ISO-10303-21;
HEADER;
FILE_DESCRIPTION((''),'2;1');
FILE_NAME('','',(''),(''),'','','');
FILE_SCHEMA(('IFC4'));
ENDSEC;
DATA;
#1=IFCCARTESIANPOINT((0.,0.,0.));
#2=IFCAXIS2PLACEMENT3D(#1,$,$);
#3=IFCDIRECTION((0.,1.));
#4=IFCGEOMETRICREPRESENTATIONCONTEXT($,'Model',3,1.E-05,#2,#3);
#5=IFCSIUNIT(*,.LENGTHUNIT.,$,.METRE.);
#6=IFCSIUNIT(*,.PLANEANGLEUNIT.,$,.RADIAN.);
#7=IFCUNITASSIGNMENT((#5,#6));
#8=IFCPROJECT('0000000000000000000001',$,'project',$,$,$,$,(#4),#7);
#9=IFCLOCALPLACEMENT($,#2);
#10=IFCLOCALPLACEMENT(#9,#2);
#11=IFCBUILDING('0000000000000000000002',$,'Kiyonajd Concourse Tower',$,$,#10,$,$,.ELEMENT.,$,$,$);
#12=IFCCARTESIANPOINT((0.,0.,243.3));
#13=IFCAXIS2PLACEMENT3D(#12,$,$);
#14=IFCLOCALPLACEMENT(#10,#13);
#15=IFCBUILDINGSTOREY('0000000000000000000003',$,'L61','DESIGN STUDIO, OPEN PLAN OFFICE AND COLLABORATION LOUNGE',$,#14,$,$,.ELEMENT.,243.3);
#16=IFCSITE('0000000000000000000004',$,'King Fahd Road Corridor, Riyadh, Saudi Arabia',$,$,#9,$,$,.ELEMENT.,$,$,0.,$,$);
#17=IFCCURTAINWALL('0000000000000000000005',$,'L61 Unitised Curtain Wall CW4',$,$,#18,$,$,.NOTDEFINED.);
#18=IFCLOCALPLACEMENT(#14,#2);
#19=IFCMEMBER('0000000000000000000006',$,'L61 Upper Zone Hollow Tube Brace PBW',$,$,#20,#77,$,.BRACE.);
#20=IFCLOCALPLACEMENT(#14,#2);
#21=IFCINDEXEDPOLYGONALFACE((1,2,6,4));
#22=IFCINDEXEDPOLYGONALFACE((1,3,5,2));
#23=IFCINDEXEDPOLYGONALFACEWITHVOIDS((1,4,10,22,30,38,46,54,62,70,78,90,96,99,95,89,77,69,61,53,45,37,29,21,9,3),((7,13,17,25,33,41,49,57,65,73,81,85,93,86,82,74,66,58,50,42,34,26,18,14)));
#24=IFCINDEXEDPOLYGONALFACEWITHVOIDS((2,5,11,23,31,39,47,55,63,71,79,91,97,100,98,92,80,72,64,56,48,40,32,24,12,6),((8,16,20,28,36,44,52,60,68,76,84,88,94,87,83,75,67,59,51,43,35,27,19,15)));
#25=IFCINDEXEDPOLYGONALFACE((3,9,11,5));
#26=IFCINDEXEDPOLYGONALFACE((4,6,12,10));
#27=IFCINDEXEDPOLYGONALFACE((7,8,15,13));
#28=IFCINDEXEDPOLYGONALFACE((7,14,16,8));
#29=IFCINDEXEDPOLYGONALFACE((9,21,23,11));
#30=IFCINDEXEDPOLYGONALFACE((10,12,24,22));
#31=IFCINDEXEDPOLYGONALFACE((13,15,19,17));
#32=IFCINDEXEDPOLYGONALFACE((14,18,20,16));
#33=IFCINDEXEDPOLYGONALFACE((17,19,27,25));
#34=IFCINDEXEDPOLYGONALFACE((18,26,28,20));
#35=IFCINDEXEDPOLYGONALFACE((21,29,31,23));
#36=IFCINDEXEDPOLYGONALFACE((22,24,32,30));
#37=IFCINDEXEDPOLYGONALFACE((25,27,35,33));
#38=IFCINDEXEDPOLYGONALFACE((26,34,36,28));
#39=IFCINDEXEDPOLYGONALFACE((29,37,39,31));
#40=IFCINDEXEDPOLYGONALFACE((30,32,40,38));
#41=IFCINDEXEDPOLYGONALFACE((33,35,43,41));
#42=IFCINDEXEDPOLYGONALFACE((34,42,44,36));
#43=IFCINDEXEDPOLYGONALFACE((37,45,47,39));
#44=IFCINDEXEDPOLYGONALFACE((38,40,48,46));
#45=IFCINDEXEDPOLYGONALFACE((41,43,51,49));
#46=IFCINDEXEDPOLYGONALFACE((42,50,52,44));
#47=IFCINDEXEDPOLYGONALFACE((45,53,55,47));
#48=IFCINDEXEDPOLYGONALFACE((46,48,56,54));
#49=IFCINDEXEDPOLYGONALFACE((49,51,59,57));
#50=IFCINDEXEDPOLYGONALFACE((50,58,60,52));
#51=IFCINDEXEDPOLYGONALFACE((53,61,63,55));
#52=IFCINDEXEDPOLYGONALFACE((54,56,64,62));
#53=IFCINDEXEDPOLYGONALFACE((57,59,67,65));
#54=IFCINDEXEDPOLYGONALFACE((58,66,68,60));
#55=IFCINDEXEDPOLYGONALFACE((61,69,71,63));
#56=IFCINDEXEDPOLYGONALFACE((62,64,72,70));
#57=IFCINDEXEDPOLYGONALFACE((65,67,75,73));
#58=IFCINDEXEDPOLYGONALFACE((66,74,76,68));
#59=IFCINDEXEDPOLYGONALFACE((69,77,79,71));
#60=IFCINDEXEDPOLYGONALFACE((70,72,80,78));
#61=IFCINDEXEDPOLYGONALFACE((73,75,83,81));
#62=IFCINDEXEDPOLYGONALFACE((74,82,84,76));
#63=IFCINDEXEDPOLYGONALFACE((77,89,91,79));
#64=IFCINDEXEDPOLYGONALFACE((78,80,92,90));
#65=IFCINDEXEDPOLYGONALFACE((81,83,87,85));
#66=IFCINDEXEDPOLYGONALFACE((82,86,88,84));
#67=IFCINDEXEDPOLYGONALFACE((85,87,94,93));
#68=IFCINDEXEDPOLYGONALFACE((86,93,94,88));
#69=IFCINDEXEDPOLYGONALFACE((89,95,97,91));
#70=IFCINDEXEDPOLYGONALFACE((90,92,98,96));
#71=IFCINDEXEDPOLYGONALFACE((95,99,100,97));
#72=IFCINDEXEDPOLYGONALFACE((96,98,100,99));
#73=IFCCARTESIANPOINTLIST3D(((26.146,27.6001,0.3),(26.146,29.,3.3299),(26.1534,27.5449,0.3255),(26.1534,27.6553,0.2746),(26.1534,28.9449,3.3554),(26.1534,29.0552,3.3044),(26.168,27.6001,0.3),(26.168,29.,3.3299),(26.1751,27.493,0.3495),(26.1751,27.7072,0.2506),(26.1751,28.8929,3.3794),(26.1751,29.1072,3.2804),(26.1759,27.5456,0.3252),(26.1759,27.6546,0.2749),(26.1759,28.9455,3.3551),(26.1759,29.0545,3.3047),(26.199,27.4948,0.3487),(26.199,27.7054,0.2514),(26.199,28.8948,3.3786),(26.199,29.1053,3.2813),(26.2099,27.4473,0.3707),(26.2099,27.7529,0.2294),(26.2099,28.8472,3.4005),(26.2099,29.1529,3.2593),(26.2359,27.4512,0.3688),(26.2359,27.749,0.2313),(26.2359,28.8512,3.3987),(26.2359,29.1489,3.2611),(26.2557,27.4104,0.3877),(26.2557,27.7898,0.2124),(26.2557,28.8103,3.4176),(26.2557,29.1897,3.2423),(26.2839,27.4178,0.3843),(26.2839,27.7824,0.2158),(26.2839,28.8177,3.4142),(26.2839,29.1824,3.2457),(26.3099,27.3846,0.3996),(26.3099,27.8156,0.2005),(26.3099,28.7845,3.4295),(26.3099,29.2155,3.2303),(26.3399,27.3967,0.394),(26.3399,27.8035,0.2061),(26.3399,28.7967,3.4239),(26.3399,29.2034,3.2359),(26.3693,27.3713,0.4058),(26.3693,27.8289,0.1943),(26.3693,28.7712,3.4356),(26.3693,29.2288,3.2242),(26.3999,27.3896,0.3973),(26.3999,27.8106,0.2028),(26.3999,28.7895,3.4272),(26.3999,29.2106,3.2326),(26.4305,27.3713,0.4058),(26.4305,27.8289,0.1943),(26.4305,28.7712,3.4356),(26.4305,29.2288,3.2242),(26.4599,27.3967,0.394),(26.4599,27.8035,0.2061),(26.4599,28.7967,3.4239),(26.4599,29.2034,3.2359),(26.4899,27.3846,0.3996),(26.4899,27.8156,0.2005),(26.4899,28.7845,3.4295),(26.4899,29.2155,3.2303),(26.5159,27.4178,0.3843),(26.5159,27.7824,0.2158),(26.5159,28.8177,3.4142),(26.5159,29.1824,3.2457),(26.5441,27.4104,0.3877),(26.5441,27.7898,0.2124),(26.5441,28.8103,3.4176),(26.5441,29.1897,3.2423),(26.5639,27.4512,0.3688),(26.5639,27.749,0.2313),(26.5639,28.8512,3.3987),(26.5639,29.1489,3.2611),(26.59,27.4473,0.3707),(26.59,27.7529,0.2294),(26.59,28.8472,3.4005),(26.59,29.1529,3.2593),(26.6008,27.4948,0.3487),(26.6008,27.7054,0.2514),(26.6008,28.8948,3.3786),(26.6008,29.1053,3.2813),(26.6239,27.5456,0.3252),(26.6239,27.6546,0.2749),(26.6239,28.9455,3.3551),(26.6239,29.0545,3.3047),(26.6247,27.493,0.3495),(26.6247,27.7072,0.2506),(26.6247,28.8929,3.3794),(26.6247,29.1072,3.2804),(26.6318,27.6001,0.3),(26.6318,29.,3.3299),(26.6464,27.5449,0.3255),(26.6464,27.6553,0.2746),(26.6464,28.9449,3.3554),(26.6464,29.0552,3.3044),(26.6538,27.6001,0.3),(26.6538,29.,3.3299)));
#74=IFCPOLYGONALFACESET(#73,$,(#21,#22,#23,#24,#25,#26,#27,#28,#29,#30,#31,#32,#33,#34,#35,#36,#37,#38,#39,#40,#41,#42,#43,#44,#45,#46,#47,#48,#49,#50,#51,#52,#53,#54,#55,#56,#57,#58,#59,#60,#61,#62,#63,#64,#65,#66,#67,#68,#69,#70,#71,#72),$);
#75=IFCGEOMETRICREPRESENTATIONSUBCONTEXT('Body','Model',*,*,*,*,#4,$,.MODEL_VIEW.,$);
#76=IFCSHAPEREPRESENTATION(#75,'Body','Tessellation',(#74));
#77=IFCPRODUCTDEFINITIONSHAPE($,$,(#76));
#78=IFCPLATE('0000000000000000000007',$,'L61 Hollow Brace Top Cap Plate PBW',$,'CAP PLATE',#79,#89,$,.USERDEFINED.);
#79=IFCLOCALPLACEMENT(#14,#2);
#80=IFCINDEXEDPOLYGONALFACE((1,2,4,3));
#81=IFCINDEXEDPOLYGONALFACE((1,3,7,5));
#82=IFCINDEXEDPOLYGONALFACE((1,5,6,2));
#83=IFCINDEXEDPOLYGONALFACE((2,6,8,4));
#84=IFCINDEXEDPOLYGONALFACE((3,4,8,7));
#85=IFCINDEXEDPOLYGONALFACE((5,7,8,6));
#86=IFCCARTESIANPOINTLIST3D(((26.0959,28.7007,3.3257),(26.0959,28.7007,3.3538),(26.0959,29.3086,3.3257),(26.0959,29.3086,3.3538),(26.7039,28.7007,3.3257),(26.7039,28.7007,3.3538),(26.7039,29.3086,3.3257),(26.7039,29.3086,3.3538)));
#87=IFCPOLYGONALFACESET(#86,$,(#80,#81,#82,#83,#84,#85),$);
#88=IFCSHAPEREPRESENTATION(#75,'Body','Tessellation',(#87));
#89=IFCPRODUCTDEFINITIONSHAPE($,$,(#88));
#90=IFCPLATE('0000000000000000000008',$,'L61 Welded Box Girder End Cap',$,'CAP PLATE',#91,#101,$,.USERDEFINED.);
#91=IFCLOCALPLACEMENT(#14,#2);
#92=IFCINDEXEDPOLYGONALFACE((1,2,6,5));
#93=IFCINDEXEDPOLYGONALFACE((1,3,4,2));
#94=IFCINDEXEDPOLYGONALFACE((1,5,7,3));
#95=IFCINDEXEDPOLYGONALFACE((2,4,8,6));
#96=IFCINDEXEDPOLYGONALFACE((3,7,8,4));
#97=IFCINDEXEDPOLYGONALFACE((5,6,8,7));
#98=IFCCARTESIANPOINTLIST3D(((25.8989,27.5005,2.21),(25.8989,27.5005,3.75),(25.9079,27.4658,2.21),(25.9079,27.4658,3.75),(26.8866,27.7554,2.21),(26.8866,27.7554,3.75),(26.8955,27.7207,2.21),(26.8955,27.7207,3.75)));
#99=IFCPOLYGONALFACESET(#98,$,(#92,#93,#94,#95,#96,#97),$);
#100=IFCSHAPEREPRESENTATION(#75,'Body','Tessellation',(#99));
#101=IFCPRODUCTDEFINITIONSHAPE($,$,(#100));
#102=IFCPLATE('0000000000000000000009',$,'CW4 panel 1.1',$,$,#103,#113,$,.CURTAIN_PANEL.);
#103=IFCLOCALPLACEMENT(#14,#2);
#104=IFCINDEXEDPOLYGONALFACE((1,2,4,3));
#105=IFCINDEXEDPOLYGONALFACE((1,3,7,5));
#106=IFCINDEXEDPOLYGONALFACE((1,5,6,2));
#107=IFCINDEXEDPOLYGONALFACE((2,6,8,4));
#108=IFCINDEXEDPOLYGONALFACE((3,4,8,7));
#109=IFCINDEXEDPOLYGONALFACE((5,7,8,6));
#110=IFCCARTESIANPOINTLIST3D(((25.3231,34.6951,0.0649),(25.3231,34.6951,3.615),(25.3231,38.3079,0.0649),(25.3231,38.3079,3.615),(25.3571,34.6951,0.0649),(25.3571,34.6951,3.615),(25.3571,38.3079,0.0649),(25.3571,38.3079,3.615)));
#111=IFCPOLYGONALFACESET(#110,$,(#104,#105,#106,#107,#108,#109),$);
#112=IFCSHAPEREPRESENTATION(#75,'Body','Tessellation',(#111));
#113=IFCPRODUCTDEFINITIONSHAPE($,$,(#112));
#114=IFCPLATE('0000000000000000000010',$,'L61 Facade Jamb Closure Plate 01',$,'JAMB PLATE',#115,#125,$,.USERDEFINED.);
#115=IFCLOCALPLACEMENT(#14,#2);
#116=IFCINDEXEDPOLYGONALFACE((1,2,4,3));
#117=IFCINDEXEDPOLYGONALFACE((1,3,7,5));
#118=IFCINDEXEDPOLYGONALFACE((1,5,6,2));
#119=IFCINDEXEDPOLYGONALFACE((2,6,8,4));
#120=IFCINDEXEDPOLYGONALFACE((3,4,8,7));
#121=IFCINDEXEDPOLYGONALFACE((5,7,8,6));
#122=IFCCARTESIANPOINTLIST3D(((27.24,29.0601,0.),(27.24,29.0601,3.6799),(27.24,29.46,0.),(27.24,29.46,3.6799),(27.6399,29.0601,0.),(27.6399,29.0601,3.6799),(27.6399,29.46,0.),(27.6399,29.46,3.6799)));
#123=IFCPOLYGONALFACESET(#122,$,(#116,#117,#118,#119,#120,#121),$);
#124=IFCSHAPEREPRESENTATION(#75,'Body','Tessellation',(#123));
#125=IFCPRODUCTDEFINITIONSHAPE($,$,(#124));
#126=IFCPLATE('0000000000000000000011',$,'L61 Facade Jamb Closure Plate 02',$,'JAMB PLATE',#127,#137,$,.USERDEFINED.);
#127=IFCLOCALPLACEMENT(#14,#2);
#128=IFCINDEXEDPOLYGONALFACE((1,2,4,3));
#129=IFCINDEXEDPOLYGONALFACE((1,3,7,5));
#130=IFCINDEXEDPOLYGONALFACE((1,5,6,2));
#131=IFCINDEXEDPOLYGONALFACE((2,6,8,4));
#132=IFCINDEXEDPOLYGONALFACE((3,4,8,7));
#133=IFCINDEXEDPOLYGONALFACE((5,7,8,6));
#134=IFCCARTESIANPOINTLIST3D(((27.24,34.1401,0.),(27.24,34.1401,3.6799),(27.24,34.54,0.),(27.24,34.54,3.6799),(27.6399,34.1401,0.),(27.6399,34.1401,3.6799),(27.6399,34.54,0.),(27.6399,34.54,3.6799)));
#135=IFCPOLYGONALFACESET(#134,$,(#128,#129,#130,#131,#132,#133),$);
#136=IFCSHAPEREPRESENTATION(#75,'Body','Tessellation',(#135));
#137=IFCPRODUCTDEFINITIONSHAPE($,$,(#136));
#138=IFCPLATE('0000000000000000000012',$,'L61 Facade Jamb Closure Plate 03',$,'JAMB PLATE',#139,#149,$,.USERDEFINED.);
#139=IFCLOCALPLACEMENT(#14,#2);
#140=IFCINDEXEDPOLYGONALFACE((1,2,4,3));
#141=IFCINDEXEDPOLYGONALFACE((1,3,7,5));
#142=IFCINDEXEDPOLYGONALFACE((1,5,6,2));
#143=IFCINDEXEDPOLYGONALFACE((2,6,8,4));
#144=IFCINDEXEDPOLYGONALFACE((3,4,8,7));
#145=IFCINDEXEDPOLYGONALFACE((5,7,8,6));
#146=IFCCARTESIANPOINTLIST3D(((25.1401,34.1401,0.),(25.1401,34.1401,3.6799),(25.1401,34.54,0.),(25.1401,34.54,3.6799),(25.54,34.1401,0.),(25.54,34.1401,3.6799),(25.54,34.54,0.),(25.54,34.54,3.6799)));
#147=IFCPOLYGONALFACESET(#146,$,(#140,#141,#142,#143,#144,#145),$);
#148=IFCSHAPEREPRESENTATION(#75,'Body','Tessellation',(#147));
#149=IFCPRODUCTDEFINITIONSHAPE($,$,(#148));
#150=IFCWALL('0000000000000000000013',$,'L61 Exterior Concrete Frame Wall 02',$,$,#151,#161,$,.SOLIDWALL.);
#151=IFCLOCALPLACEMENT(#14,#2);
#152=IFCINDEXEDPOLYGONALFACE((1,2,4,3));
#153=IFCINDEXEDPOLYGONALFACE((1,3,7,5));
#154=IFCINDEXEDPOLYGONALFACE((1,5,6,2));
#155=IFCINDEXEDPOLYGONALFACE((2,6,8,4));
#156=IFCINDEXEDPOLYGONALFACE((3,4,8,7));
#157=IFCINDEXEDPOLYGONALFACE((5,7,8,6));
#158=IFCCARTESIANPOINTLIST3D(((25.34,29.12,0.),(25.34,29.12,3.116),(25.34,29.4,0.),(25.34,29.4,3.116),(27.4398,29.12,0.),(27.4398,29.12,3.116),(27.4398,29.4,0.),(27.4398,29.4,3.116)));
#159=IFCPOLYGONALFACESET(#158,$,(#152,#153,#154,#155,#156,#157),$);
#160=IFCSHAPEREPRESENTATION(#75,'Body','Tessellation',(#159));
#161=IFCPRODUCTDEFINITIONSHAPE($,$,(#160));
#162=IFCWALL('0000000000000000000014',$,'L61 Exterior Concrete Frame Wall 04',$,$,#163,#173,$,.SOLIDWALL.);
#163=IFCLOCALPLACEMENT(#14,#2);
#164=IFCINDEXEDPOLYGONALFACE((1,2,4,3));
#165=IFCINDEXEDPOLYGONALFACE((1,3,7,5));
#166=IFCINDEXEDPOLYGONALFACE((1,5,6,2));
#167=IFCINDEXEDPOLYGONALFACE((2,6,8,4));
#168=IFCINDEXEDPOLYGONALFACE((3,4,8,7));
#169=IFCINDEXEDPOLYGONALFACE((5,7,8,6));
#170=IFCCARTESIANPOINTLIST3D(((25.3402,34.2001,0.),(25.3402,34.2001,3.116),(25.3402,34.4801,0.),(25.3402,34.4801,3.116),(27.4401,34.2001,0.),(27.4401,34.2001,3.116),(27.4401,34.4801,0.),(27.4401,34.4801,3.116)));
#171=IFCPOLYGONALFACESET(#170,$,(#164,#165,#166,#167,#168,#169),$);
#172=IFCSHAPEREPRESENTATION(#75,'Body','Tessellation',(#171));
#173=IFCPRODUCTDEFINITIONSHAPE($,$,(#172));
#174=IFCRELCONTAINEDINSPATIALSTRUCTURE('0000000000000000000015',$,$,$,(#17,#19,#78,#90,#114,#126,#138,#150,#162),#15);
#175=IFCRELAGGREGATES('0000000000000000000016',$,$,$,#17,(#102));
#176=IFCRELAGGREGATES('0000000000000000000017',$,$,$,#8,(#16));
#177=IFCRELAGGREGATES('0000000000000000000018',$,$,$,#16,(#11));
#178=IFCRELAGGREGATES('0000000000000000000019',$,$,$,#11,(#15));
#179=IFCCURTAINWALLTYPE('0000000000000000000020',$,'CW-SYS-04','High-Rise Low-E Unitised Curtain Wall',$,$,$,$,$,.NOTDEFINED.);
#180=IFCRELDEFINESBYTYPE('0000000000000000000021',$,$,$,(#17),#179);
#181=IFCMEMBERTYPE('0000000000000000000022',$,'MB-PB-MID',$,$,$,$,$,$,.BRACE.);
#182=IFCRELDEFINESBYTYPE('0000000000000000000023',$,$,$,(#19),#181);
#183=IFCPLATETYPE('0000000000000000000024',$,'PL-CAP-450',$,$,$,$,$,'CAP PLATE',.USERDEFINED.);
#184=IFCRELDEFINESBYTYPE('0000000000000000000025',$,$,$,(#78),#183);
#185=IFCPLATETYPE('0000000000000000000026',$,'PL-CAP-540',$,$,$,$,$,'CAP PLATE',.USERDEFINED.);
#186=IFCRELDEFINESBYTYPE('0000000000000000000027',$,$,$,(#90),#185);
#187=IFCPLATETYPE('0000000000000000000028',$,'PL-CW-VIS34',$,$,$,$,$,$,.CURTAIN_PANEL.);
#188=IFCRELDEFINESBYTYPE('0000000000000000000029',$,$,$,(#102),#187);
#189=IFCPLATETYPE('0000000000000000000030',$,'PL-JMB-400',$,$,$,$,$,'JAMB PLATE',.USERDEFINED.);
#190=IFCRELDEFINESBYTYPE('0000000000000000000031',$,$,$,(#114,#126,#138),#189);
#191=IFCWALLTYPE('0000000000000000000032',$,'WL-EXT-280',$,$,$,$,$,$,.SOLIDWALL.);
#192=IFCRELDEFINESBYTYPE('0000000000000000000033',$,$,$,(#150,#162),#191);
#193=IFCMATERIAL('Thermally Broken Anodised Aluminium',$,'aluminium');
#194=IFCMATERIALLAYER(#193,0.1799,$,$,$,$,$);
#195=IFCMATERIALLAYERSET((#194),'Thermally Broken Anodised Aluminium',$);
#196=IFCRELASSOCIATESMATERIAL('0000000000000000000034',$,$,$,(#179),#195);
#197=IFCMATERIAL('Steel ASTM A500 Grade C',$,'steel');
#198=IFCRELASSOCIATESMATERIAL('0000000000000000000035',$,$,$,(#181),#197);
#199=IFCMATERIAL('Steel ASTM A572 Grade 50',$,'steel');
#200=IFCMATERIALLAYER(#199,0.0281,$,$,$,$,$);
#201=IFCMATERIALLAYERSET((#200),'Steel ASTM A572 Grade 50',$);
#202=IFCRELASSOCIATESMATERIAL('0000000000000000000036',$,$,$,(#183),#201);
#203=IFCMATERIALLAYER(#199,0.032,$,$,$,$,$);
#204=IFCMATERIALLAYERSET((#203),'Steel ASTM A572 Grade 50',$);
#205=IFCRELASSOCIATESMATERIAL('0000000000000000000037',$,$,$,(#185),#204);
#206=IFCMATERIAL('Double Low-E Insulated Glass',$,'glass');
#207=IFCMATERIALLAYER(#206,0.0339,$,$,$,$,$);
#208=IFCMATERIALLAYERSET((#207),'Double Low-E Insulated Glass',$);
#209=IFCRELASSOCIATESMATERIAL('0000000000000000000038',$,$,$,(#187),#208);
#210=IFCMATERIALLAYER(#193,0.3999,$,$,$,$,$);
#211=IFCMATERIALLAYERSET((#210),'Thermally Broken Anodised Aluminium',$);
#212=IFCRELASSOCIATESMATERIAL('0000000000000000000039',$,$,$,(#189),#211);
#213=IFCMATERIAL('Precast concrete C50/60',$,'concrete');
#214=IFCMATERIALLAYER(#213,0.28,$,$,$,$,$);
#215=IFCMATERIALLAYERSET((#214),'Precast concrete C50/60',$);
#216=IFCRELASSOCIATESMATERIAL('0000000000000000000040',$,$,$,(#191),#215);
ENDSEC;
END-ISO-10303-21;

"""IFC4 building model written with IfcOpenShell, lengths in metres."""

from ifc_helpers import new_model, si_unit, direction, frame, frame_2d, origin, origin_2d, place, context, subcontext, project, spatial, rectangle, hollow_circle, extrude, material, layer, layer_set, material_profile, profile_set, type_object, element, aggregate, save


model = new_model("IFC4")

# Units and contexts
model_context = context("Model", 3, precision=1e-05, world=origin(), true_north=direction((0.0, 1.0)))
body_context = subcontext(model_context, "Body", "Model", "MODEL_VIEW")
ifc_project = project(units=[si_unit("LENGTHUNIT", "METRE"), si_unit("PLANEANGLEUNIT", "RADIAN")], contexts=[model_context])

# Site, building, storey
site_placement = place(None, origin())
site = spatial("IfcSite", under=ifc_project, at=site_placement, Name="King Fahd Road Corridor, Riyadh, Saudi Arabia", CompositionType="ELEMENT", RefElevation=0.0)
building_placement = place(site_placement, origin())
building = spatial("IfcBuilding", under=site, at=building_placement, Name="Kiyonajd Concourse Tower", CompositionType="ELEMENT")
storey_placement = place(building_placement, frame((0.0, 0.0, 243.3)))
storey = spatial("IfcBuildingStorey", under=building, at=storey_placement, Name="L61", Description="DESIGN STUDIO, OPEN PLAN OFFICE AND COLLABORATION LOUNGE", CompositionType="ELEMENT", Elevation=243.3)

# Shared definitions
ifc_material_1 = material(Name="Steel ASTM A572 Grade 50", Category="steel")

# Curtain wall
ifc_material_2 = material(Name="Thermally Broken Anodised Aluminium", Category="aluminium")
ifc_layer_1 = layer(ifc_material_2, 0.1799)
ifc_layer_set_1 = layer_set([ifc_layer_1], Name="Thermally Broken Anodised Aluminium")
curtain_wall_type = type_object("IfcCurtainWallType", Name="CW-SYS-04", Description="High-Rise Low-E Unitised Curtain Wall", PredefinedType="NOTDEFINED", material=ifc_layer_set_1)
curtain_wall_placement = place(storey_placement, origin())
curtain_wall = element("IfcCurtainWall", 1, at=curtain_wall_placement, inside=storey, type_object=curtain_wall_type, Name="L61 Unitised Curtain Wall CW4", PredefinedType="NOTDEFINED")

# Member
ifc_material_3 = material(Name="Steel ASTM A500 Grade C", Category="steel")
ifc_material_profile_1 = material_profile(ifc_material_3, hollow_circle(Radius=0.2539, WallThickness=0.022, at=origin_2d()), Name="CHS-508x22")
ifc_profile_set_1 = profile_set([ifc_material_profile_1], Name="Steel ASTM A500 Grade C")
member_type_1 = type_object("IfcMemberType", Name="MB-PB-MID", PredefinedType="BRACE", material=ifc_profile_set_1)
member_1_placement = place(storey_placement, frame((26.3999, 27.6001, 0.3), z_axis=(0.0, 0.419439, 0.907784), x_axis=(-1.0, 0.0, 0.0)))
element("IfcMember", 2, at=member_1_placement, inside=storey, type_object=member_type_1, Name="L61 Upper Zone Hollow Tube Brace PBW", PredefinedType="BRACE", context=body_context, shape_type="SweptSolid", body=[
    extrude(hollow_circle(Radius=0.2539, WallThickness=0.022, at=origin_2d()), origin(), (0.0, 0.0, 1.0), 3.3376),
])

# Plates
ifc_layer_2 = layer(ifc_material_1, 0.0281)
ifc_layer_set_2 = layer_set([ifc_layer_2], Name="Steel ASTM A572 Grade 50")
plate_type_1 = type_object("IfcPlateType", Name="PL-CAP-450", ElementType="CAP PLATE", PredefinedType="USERDEFINED", material=ifc_layer_set_2)
plate_1_placement = place(storey_placement, frame((26.3999, 29.0046, 3.3257), z_axis=(0.0, 0.0, 1.0), x_axis=(1.0, 0.0, 0.0)))
element("IfcPlate", 3, at=plate_1_placement, inside=storey, type_object=plate_type_1, Name="L61 Hollow Brace Top Cap Plate PBW", ObjectType="CAP PLATE", PredefinedType="USERDEFINED", context=body_context, shape_type="SweptSolid", body=[
    extrude(rectangle(XDim=0.6079, YDim=0.6079, at=origin_2d()), origin(), (0.0, 0.0, 1.0), 0.0281),
])
ifc_layer_3 = layer(ifc_material_1, 0.032)
ifc_layer_set_3 = layer_set([ifc_layer_3], Name="Steel ASTM A572 Grade 50")
plate_type_2 = type_object("IfcPlateType", Name="PL-CAP-540", ElementType="CAP PLATE", PredefinedType="USERDEFINED", material=ifc_layer_set_3)
plate_2_placement = place(storey_placement, frame((26.3972, 27.6106, 2.21), z_axis=(0.0, 0.0, 1.0), x_axis=(-0.249873, 0.968279, 0.0)))
element("IfcPlate", 4, at=plate_2_placement, inside=storey, type_object=plate_type_2, Name="L61 Welded Box Girder End Cap", ObjectType="CAP PLATE", PredefinedType="USERDEFINED", context=body_context, shape_type="SweptSolid", body=[
    extrude(rectangle(XDim=0.0359, YDim=1.02, at=origin_2d()), origin(), (0.0, 0.0, 1.0), 1.54),
])

# Plate
ifc_material_4 = material(Name="Double Low-E Insulated Glass", Category="glass")
ifc_layer_4 = layer(ifc_material_4, 0.0339)
ifc_layer_set_4 = layer_set([ifc_layer_4], Name="Double Low-E Insulated Glass")
plate_type_3 = type_object("IfcPlateType", Name="PL-CW-VIS34", PredefinedType="CURTAIN_PANEL", material=ifc_layer_set_4)
plate_3_placement = place(storey_placement, frame((25.3401, 36.5015, 0.0649), z_axis=(0.0, 0.0, 1.0), x_axis=(0.0, 1.0, 0.0)))
plate_3 = element("IfcPlate", 5, at=plate_3_placement, type_object=plate_type_3, Name="CW4 panel 1.1", PredefinedType="CURTAIN_PANEL", context=body_context, shape_type="SweptSolid", body=[
    extrude(rectangle(XDim=3.6128, YDim=0.0339, at=origin_2d()), origin(), (0.0, 0.0, 1.0), 3.55),
])
aggregate(curtain_wall, [plate_3])

# Plates
ifc_layer_5 = layer(ifc_material_2, 0.3999)
ifc_layer_set_5 = layer_set([ifc_layer_5], Name="Thermally Broken Anodised Aluminium")
plate_type_4 = type_object("IfcPlateType", Name="PL-JMB-400", ElementType="JAMB PLATE", PredefinedType="USERDEFINED", material=ifc_layer_set_5)
for number, where, z_axis, x_axis, name in (
    (6, (27.4399, 29.26, 0.0), (0.0, 0.0, 1.0), (1.0, 0.0, 0.0), "L61 Facade Jamb Closure Plate 01"),
    (7, (27.4399, 34.3401, 0.0), (0.0, 0.0, 1.0), (1.0, 0.0, 0.0), "L61 Facade Jamb Closure Plate 02"),
    (8, (25.3401, 34.3401, 0.0), (0.0, 0.0, 1.0), (1.0, 0.0, 0.0), "L61 Facade Jamb Closure Plate 03"),
):
    element("IfcPlate", number, at=place(storey_placement, frame(where, z_axis=z_axis, x_axis=x_axis)), inside=storey, type_object=plate_type_4, Name=name, ObjectType="JAMB PLATE", PredefinedType="USERDEFINED", context=body_context, shape_type="SweptSolid", body=[
        extrude(rectangle(XDim=0.3999, YDim=0.3999, at=origin_2d()), origin(), (0.0, 0.0, 1.0), 3.6799),
    ])

# Walls
ifc_material_5 = material(Name="Precast concrete C50/60", Category="concrete")
ifc_layer_6 = layer(ifc_material_5, 0.28)
ifc_layer_set_6 = layer_set([ifc_layer_6], Name="Precast concrete C50/60")
wall_type_1 = type_object("IfcWallType", Name="WL-EXT-280", PredefinedType="SOLIDWALL", material=ifc_layer_set_6)
for number, where, z_axis, x_axis, name in (
    (9, (25.3401, 29.26, 0.0), (0.0, 0.0, 1.0), (1.0, 0.0, 0.0), "L61 Exterior Concrete Frame Wall 02"),
    (10, (27.4399, 34.3401, 0.0), (0.0, 0.0, 1.0), (-1.0, 0.0, 0.0), "L61 Exterior Concrete Frame Wall 04"),
):
    element("IfcWall", number, at=place(storey_placement, frame(where, z_axis=z_axis, x_axis=x_axis)), inside=storey, type_object=wall_type_1, Name=name, PredefinedType="SOLIDWALL", context=body_context, shape_type="SweptSolid", body=[
        extrude(rectangle(XDim=2.0999, YDim=0.28, at=frame_2d((1.0498, 0.0))), origin(), (0.0, 0.0, 1.0), 3.116),
    ])

save(model, "model.ifc")
